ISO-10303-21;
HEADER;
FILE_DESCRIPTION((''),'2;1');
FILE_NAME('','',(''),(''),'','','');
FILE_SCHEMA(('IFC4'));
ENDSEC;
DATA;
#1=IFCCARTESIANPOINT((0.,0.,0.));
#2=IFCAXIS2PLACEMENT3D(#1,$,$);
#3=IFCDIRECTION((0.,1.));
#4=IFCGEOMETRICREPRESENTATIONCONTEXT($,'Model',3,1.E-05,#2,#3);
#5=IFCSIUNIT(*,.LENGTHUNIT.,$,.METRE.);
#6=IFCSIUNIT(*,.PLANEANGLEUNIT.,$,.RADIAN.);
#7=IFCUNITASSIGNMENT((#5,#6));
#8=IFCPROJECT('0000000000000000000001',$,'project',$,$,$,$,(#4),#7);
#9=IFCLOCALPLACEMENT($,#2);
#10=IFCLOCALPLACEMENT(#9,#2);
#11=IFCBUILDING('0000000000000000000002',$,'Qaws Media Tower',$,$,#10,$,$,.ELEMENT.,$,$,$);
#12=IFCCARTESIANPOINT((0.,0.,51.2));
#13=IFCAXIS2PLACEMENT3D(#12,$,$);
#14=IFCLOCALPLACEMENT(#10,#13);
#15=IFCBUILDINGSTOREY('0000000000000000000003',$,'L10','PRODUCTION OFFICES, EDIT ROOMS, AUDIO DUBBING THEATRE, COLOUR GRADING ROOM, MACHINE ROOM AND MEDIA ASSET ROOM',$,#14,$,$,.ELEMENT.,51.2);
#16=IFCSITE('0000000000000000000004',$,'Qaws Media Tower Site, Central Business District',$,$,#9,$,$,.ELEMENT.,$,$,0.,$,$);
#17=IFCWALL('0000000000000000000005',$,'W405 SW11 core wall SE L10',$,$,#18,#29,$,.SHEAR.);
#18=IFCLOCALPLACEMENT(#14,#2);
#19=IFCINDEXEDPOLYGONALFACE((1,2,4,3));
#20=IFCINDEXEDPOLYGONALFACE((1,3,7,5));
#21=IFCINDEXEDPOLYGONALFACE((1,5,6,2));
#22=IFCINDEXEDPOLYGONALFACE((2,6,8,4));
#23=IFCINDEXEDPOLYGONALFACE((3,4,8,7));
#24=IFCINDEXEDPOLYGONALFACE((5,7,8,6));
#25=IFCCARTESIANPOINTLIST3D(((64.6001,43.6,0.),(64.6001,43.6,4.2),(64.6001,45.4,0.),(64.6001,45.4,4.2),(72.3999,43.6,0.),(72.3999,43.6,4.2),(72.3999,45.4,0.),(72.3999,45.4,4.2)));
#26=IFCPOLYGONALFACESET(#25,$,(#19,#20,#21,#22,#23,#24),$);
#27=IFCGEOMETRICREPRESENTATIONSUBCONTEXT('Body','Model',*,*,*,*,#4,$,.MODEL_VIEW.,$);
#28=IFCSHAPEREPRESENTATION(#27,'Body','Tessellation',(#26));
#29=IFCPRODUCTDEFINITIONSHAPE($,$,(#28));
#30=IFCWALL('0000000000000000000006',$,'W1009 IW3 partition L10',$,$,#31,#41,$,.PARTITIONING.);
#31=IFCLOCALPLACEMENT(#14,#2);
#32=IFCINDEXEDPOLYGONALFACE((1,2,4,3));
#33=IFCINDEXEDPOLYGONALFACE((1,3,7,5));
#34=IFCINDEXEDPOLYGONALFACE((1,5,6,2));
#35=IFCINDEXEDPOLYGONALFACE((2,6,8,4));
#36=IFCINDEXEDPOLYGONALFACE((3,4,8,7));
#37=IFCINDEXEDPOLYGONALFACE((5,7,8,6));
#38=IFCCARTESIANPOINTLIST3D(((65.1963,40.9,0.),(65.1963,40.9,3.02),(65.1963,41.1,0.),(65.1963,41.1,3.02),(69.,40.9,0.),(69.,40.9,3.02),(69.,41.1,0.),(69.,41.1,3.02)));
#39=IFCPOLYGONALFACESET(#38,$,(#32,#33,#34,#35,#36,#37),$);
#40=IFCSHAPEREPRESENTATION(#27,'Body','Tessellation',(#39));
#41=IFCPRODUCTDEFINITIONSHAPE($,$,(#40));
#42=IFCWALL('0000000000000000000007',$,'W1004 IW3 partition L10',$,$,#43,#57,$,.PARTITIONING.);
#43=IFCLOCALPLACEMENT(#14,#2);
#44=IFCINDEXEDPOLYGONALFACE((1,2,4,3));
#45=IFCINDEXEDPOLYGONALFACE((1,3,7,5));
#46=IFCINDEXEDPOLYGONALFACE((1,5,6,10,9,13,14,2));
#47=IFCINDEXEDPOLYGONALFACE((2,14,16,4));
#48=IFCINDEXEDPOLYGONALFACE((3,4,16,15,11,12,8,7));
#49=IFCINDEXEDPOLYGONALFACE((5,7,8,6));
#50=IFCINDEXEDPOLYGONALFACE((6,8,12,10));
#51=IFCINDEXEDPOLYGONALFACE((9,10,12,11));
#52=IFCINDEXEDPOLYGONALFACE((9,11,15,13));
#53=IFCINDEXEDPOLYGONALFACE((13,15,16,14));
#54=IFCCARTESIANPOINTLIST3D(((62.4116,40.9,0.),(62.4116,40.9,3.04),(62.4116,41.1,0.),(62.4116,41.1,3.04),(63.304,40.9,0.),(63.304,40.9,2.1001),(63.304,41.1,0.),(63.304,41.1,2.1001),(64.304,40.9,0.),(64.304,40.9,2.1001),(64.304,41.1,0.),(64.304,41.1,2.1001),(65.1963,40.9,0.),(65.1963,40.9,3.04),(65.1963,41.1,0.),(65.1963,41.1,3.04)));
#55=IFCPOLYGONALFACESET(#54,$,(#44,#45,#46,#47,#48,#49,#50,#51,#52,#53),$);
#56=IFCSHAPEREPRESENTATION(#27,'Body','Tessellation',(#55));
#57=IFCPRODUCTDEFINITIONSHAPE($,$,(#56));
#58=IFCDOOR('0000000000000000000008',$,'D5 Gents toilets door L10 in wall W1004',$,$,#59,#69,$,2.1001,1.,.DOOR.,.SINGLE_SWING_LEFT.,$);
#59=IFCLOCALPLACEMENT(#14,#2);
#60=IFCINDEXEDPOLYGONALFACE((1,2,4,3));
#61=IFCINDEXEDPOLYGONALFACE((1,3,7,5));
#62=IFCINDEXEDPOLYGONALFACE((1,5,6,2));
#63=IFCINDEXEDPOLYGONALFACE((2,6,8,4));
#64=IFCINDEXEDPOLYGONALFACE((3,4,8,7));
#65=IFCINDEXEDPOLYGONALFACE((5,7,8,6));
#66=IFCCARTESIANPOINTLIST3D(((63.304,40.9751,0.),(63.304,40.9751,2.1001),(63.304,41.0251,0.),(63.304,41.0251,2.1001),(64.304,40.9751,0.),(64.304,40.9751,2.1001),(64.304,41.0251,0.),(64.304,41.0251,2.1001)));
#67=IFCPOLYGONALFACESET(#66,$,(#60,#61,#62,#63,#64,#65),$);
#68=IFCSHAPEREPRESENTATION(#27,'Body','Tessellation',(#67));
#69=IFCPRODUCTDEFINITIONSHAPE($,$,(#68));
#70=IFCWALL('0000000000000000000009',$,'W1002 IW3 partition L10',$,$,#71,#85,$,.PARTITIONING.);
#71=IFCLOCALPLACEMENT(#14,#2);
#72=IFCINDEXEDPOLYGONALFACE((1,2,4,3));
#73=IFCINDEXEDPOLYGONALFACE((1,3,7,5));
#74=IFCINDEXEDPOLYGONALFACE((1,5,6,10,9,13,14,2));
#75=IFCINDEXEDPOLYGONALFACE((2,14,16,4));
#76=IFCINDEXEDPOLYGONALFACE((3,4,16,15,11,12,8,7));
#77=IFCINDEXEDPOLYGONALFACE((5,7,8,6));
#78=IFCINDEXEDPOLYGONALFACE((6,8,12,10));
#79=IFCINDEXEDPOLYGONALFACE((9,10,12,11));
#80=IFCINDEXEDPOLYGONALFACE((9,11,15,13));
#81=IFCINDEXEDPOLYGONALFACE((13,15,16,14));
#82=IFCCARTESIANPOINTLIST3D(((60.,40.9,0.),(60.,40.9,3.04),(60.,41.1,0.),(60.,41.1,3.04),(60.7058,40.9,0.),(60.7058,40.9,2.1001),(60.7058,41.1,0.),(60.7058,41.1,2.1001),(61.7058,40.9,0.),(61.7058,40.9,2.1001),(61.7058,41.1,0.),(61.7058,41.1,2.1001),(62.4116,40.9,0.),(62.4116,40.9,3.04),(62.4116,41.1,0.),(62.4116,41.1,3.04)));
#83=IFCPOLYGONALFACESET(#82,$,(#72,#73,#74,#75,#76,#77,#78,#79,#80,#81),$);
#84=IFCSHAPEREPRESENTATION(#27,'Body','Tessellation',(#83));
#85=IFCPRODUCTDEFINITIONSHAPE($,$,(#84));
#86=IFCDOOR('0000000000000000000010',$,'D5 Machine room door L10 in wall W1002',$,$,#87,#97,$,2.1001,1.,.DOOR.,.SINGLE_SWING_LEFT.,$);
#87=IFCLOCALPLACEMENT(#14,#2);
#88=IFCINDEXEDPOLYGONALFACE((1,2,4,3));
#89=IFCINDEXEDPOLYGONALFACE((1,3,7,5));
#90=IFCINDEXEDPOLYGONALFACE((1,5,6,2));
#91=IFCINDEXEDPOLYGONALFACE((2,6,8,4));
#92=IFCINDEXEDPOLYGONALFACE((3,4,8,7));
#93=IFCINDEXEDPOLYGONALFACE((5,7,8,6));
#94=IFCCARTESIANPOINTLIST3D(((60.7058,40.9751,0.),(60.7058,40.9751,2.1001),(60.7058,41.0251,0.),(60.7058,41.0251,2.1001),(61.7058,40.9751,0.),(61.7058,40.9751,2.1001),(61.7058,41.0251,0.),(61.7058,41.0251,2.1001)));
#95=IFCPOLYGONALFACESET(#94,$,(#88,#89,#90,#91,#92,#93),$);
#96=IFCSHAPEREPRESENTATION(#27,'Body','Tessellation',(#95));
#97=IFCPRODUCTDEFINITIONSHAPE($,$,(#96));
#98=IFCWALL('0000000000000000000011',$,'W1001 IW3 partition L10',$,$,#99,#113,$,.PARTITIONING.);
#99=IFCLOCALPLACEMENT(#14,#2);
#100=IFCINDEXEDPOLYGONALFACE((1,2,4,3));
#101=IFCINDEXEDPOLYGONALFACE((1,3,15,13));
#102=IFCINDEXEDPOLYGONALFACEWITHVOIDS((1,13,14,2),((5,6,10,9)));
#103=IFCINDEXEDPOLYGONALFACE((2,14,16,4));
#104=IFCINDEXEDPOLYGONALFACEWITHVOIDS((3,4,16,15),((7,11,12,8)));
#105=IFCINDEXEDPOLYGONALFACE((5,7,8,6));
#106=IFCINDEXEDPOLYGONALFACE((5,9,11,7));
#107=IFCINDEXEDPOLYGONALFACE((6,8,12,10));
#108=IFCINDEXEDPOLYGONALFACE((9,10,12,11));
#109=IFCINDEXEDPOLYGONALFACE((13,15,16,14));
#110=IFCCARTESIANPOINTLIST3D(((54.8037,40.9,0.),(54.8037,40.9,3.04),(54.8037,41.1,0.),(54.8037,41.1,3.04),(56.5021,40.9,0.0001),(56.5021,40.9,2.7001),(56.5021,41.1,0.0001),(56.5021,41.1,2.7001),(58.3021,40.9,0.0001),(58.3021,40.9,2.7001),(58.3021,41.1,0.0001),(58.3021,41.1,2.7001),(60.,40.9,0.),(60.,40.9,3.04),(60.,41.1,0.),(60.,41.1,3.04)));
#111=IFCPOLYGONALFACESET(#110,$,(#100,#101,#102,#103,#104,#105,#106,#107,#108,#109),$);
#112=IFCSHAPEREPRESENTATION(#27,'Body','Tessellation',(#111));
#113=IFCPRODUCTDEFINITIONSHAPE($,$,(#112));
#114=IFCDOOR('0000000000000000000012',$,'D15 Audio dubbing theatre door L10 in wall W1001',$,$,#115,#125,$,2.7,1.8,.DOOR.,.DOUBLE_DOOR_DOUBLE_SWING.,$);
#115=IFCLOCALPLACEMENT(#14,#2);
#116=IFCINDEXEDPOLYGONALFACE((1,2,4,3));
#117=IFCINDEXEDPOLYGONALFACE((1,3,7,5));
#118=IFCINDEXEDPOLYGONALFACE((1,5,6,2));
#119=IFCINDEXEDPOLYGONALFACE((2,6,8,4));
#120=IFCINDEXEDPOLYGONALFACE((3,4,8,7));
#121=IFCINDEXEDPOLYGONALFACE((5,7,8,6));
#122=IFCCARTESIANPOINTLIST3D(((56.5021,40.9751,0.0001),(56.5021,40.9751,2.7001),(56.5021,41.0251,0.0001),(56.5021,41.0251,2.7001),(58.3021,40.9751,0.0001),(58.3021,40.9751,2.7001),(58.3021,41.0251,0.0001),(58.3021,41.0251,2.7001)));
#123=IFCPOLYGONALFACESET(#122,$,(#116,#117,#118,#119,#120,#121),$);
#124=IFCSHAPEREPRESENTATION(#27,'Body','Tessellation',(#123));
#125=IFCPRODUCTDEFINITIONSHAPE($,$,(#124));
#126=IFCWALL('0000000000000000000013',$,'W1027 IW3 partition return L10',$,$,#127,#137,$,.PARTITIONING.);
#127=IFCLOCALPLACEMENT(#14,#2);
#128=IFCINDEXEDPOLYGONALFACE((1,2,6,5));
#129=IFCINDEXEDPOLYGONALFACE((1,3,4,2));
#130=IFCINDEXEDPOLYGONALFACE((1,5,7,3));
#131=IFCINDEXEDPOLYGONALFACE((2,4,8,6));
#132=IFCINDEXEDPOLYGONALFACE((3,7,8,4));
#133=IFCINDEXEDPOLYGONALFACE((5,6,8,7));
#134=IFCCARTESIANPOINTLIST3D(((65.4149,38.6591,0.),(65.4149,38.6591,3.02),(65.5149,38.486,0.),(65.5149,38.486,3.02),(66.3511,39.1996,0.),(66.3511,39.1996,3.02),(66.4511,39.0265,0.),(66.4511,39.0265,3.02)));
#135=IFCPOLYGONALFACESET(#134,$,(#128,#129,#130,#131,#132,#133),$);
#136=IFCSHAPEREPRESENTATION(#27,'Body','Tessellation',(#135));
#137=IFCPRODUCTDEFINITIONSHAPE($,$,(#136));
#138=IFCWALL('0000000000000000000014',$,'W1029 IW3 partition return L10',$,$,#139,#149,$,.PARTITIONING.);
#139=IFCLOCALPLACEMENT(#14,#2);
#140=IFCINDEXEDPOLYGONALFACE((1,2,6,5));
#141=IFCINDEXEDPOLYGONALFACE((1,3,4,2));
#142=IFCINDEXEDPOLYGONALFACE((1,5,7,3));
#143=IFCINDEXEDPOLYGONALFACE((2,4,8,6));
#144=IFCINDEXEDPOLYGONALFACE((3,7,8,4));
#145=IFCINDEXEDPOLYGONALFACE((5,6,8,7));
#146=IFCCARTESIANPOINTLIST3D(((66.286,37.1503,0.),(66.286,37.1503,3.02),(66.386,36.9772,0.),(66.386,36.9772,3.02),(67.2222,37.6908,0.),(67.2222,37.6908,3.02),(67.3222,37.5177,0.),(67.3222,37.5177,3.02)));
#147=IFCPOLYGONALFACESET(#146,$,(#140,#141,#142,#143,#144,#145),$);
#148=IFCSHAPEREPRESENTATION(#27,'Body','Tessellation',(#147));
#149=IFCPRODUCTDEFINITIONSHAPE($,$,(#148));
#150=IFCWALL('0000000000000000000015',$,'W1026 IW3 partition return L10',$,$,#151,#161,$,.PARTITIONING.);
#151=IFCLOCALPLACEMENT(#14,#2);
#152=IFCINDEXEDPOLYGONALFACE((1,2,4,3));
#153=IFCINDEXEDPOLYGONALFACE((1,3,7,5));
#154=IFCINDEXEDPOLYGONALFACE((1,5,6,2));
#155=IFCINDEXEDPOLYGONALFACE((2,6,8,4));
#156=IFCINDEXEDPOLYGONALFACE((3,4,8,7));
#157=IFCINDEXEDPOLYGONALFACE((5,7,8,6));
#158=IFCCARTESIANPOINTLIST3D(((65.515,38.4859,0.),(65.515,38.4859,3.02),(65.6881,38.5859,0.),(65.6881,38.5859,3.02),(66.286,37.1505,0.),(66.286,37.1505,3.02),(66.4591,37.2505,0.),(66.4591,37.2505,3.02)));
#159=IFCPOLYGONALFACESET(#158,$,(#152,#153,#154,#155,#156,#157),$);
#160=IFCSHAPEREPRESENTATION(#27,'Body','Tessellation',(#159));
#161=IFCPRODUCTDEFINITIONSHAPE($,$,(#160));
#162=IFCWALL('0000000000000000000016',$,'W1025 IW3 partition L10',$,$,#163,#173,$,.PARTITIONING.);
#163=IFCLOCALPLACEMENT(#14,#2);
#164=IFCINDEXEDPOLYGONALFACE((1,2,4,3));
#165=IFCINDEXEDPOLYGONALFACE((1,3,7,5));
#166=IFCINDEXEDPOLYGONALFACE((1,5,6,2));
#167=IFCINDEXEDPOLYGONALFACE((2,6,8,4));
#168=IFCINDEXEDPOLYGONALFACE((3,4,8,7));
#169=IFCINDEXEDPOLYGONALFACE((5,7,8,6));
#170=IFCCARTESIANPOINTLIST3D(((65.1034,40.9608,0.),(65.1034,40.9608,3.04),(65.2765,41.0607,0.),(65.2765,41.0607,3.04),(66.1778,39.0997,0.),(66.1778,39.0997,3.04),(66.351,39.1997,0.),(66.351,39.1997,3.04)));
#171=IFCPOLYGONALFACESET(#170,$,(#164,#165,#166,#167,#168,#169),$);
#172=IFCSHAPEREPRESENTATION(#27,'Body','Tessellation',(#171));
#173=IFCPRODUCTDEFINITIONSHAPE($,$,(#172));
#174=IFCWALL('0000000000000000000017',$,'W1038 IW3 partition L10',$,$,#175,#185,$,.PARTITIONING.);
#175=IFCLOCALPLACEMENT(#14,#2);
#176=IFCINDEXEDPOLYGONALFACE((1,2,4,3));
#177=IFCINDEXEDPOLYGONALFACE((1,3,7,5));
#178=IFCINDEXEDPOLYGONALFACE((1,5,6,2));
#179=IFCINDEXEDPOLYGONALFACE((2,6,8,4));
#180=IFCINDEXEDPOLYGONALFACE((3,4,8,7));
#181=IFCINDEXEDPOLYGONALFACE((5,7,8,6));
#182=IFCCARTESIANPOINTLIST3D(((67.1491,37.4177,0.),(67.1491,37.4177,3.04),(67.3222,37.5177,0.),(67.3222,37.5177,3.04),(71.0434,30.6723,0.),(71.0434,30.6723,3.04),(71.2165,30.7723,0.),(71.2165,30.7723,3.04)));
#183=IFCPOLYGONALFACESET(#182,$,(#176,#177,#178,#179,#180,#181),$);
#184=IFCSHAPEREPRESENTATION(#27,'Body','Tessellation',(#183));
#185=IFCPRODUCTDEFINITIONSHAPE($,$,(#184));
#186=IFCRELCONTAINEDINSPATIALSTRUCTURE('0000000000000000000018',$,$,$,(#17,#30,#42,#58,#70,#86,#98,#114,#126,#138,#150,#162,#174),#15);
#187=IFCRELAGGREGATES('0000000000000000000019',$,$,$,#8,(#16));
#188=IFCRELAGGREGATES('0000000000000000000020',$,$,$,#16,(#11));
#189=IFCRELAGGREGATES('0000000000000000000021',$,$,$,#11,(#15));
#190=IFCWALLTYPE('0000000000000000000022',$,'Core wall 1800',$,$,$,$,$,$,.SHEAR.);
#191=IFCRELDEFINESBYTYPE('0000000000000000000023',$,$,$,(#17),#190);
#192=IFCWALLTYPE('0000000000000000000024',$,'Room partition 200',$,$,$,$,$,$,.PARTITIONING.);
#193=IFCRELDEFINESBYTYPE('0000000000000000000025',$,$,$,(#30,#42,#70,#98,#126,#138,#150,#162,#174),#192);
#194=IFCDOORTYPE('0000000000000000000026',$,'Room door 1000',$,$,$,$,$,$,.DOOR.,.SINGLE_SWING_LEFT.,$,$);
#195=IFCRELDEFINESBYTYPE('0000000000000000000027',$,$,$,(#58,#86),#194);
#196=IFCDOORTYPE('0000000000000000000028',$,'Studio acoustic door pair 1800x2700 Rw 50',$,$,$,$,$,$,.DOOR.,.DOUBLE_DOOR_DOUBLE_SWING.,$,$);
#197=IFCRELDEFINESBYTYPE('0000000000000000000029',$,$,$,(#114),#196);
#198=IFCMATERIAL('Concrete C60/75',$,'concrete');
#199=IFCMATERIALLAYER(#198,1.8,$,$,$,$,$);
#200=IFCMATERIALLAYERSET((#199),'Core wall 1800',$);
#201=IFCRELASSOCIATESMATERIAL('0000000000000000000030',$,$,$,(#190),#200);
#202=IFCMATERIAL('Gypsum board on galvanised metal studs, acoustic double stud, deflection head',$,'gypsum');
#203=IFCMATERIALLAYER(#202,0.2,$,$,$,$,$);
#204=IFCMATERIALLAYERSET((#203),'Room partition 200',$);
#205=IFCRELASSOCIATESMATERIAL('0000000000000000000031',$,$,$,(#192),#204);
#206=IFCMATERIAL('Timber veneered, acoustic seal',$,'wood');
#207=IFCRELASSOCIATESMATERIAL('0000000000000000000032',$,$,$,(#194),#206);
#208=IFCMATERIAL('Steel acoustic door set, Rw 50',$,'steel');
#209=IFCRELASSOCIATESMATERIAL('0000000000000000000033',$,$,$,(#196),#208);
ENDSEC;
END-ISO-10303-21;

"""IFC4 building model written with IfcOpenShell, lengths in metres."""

from ifc_helpers import new_model, si_unit, direction, frame, frame_2d, origin, place, context, subcontext, project, spatial, rectangle, extrude, material, layer, layer_set, type_object, element, fill, save


model = new_model("IFC4")

# Units and contexts
model_context = context("Model", 3, precision=1e-05, world=origin(), true_north=direction((0.0, 1.0)))
body_context = subcontext(model_context, "Body", "Model", "MODEL_VIEW")
ifc_project = project(units=[si_unit("LENGTHUNIT", "METRE"), si_unit("PLANEANGLEUNIT", "RADIAN")], contexts=[model_context])

# Site, building, storey
site_placement = place(None, origin())
site = spatial("IfcSite", under=ifc_project, at=site_placement, Name="Qaws Media Tower Site, Central Business District", CompositionType="ELEMENT", RefElevation=0.0)
building_placement = place(site_placement, origin())
building = spatial("IfcBuilding", under=site, at=building_placement, Name="Qaws Media Tower", CompositionType="ELEMENT")
storey_placement = place(building_placement, frame((0.0, 0.0, 51.2)))
storey = spatial("IfcBuildingStorey", under=building, at=storey_placement, Name="L10", Description="PRODUCTION OFFICES, EDIT ROOMS, AUDIO DUBBING THEATRE, COLOUR GRADING ROOM, MACHINE ROOM AND MEDIA ASSET ROOM", CompositionType="ELEMENT", Elevation=51.2)

# Walls
ifc_material_1 = material(Name="Concrete C60/75", Category="concrete")
ifc_layer_1 = layer(ifc_material_1, 1.8)
ifc_layer_set_1 = layer_set([ifc_layer_1], Name="Core wall 1800")
wall_type_1 = type_object("IfcWallType", Name="Core wall 1800", PredefinedType="SHEAR", material=ifc_layer_set_1)
wall_1_placement = place(storey_placement, frame((64.6001, 44.5, 0.0), z_axis=(0.0, 0.0, 1.0), x_axis=(1.0, 0.0, 0.0)))
element("IfcWall", 1, at=wall_1_placement, inside=storey, type_object=wall_type_1, Name="W405 SW11 core wall SE L10", PredefinedType="SHEAR", context=body_context, shape_type="SweptSolid", body=[
    extrude(rectangle(XDim=7.7998, YDim=1.8, at=frame_2d((3.8999, 0.0))), origin(), (0.0, 0.0, 1.0), 4.2),
])
ifc_material_2 = material(Name="Gypsum board on galvanised metal studs, acoustic double stud, deflection head", Category="gypsum")
ifc_layer_2 = layer(ifc_material_2, 0.2)
ifc_layer_set_2 = layer_set([ifc_layer_2], Name="Room partition 200")
wall_type_2 = type_object("IfcWallType", Name="Room partition 200", PredefinedType="PARTITIONING", material=ifc_layer_set_2)
wall_2_placement = place(storey_placement, frame((69.0, 41.0, 0.0), z_axis=(0.0, 0.0, 1.0), x_axis=(-1.0, 0.0, 0.0)))
element("IfcWall", 2, at=wall_2_placement, inside=storey, type_object=wall_type_2, Name="W1009 IW3 partition L10", PredefinedType="PARTITIONING", context=body_context, shape_type="SweptSolid", body=[
    extrude(rectangle(XDim=3.8037, YDim=0.2, at=frame_2d((1.9019, 0.0))), origin(), (0.0, 0.0, 1.0), 3.02),
])

# Walls, openings, doors
wall_3_placement = place(storey_placement, frame((65.1963, 41.0, 0.0), z_axis=(0.0, 0.0, 1.0), x_axis=(-1.0, 0.0, 0.0)))
wall_3 = element("IfcWall", 3, at=wall_3_placement, inside=storey, type_object=wall_type_2, Name="W1004 IW3 partition L10", PredefinedType="PARTITIONING", context=body_context, shape_type="SweptSolid", body=[
    extrude(rectangle(XDim=2.7847, YDim=0.2, at=frame_2d((1.3923, 0.0))), origin(), (0.0, 0.0, 1.0), 3.04),
])
opening_1_placement = place(wall_3_placement, frame((0.8923, 0.0, 0.0)))
opening_1 = element("IfcOpeningElement", 4, at=opening_1_placement, cuts=wall_3, PredefinedType="OPENING", context=body_context, shape_type="SweptSolid", body=[
    extrude(rectangle(XDim=1.0, YDim=2.1001, at=frame_2d((0.5, 1.05))), frame((0.0, 0.1099, 0.0), z_axis=(0.0, -1.0, 0.0), x_axis=(1.0, 0.0, 0.0)), (0.0, 0.0, 1.0), 0.22),
])
ifc_material_3 = material(Name="Timber veneered, acoustic seal", Category="wood")
door_type_1 = type_object("IfcDoorType", Name="Room door 1000", OperationType="SINGLE_SWING_LEFT", PredefinedType="DOOR", material=ifc_material_3)
door_1_placement = place(opening_1_placement, origin())
door_1 = element("IfcDoor", 5, at=door_1_placement, inside=storey, type_object=door_type_1, Name="D5 Gents toilets door L10 in wall W1004", OperationType="SINGLE_SWING_LEFT", OverallHeight=2.1001, OverallWidth=1.0, PredefinedType="DOOR", context=body_context, shape_type="SweptSolid", body=[
    extrude(rectangle(XDim=1.0, YDim=2.1001, at=frame_2d((0.5, 1.05))), frame((0.0, 0.0249, 0.0), z_axis=(0.0, -1.0, 0.0), x_axis=(1.0, 0.0, 0.0)), (0.0, 0.0, 1.0), 0.05),
])
fill(opening_1, door_1)
wall_4_placement = place(storey_placement, frame((62.4116, 41.0, 0.0), z_axis=(0.0, 0.0, 1.0), x_axis=(-1.0, 0.0, 0.0)))
wall_4 = element("IfcWall", 6, at=wall_4_placement, inside=storey, type_object=wall_type_2, Name="W1002 IW3 partition L10", PredefinedType="PARTITIONING", context=body_context, shape_type="SweptSolid", body=[
    extrude(rectangle(XDim=2.4116, YDim=0.2, at=frame_2d((1.2058, 0.0))), origin(), (0.0, 0.0, 1.0), 3.04),
])
opening_2_placement = place(wall_4_placement, frame((0.7058, 0.0, 0.0)))
opening_2 = element("IfcOpeningElement", 7, at=opening_2_placement, cuts=wall_4, PredefinedType="OPENING", context=body_context, shape_type="SweptSolid", body=[
    extrude(rectangle(XDim=1.0, YDim=2.1001, at=frame_2d((0.5, 1.05))), frame((0.0, 0.1099, 0.0), z_axis=(0.0, -1.0, 0.0), x_axis=(1.0, 0.0, 0.0)), (0.0, 0.0, 1.0), 0.22),
])
door_2_placement = place(opening_2_placement, origin())
door_2 = element("IfcDoor", 8, at=door_2_placement, inside=storey, type_object=door_type_1, Name="D5 Machine room door L10 in wall W1002", OperationType="SINGLE_SWING_LEFT", OverallHeight=2.1001, OverallWidth=1.0, PredefinedType="DOOR", context=body_context, shape_type="SweptSolid", body=[
    extrude(rectangle(XDim=1.0, YDim=2.1001, at=frame_2d((0.5, 1.05))), frame((0.0, 0.0249, 0.0), z_axis=(0.0, -1.0, 0.0), x_axis=(1.0, 0.0, 0.0)), (0.0, 0.0, 1.0), 0.05),
])
fill(opening_2, door_2)
wall_5_placement = place(storey_placement, frame((60.0, 41.0, 0.0), z_axis=(0.0, 0.0, 1.0), x_axis=(-1.0, 0.0, 0.0)))
wall_5 = element("IfcWall", 9, at=wall_5_placement, inside=storey, type_object=wall_type_2, Name="W1001 IW3 partition L10", PredefinedType="PARTITIONING", context=body_context, shape_type="SweptSolid", body=[
    extrude(rectangle(XDim=5.1963, YDim=0.2, at=frame_2d((2.5981, 0.0))), origin(), (0.0, 0.0, 1.0), 3.04),
])
opening_3_placement = place(wall_5_placement, frame((1.698, 0.0, 0.0)))
opening_3 = element("IfcOpeningElement", 10, at=opening_3_placement, cuts=wall_5, PredefinedType="OPENING", context=body_context, shape_type="SweptSolid", body=[
    extrude(rectangle(XDim=1.8, YDim=2.7, at=frame_2d((0.8999, 1.3501))), frame((0.0, 0.1099, 0.0), z_axis=(0.0, -1.0, 0.0), x_axis=(1.0, 0.0, 0.0)), (0.0, 0.0, 1.0), 0.22),
])
ifc_material_4 = material(Name="Steel acoustic door set, Rw 50", Category="steel")
door_type_2 = type_object("IfcDoorType", Name="Studio acoustic door pair 1800x2700 Rw 50", OperationType="DOUBLE_DOOR_DOUBLE_SWING", PredefinedType="DOOR", material=ifc_material_4)
door_3_placement = place(opening_3_placement, origin())
door_3 = element("IfcDoor", 11, at=door_3_placement, inside=storey, type_object=door_type_2, Name="D15 Audio dubbing theatre door L10 in wall W1001", OperationType="DOUBLE_DOOR_DOUBLE_SWING", OverallHeight=2.7, OverallWidth=1.8, PredefinedType="DOOR", context=body_context, shape_type="SweptSolid", body=[
    extrude(rectangle(XDim=1.8, YDim=2.7, at=frame_2d((0.8999, 1.3501))), frame((0.0, 0.0249, 0.0), z_axis=(0.0, -1.0, 0.0), x_axis=(1.0, 0.0, 0.0)), (0.0, 0.0, 1.0), 0.05),
])
fill(opening_3, door_3)

# Walls
for number, where, z_axis, x_axis, name in (
    (12, (66.4011, 39.113, 0.0), (0.0, 0.0, 1.0), (-0.866039, -0.499977, 0.0), "W1027 IW3 partition return L10"),
    (13, (67.2722, 37.6042, 0.0), (0.0, 0.0, 1.0), (-0.866039, -0.499977, 0.0), "W1029 IW3 partition return L10"),
):
    element("IfcWall", number, at=place(storey_placement, frame(where, z_axis=z_axis, x_axis=x_axis)), inside=storey, type_object=wall_type_2, Name=name, PredefinedType="PARTITIONING", context=body_context, shape_type="SweptSolid", body=[
        extrude(rectangle(XDim=1.0811, YDim=0.2, at=frame_2d((0.5405, 0.0))), origin(), (0.0, 0.0, 1.0), 3.02),
    ])
wall_6_placement = place(storey_placement, frame((65.6016, 38.5359, 0.0), z_axis=(0.0, 0.0, 1.0), x_axis=(0.499987, -0.866033, 0.0)))
element("IfcWall", 14, at=wall_6_placement, inside=storey, type_object=wall_type_2, Name="W1026 IW3 partition return L10", PredefinedType="PARTITIONING", context=body_context, shape_type="SweptSolid", body=[
    extrude(rectangle(XDim=1.542, YDim=0.2, at=frame_2d((0.771, 0.0))), origin(), (0.0, 0.0, 1.0), 3.02),
])
wall_7_placement = place(storey_placement, frame((65.1899, 41.0107, 0.0), z_axis=(0.0, 0.0, 1.0), x_axis=(0.499988, -0.866032, 0.0)))
element("IfcWall", 15, at=wall_7_placement, inside=storey, type_object=wall_type_2, Name="W1025 IW3 partition L10", PredefinedType="PARTITIONING", context=body_context, shape_type="SweptSolid", body=[
    extrude(rectangle(XDim=2.1489, YDim=0.2, at=frame_2d((1.0745, 0.0))), origin(), (0.0, 0.0, 1.0), 3.04),
])
wall_8_placement = place(storey_placement, frame((67.2356, 37.4678, 0.0), z_axis=(0.0, 0.0, 1.0), x_axis=(0.499986, -0.866034, 0.0)))
element("IfcWall", 16, at=wall_8_placement, inside=storey, type_object=wall_type_2, Name="W1038 IW3 partition L10", PredefinedType="PARTITIONING", context=body_context, shape_type="SweptSolid", body=[
    extrude(rectangle(XDim=7.7888, YDim=0.2, at=frame_2d((3.8945, 0.0))), origin(), (0.0, 0.0, 1.0), 3.04),
])

save(model, "model.ifc")
